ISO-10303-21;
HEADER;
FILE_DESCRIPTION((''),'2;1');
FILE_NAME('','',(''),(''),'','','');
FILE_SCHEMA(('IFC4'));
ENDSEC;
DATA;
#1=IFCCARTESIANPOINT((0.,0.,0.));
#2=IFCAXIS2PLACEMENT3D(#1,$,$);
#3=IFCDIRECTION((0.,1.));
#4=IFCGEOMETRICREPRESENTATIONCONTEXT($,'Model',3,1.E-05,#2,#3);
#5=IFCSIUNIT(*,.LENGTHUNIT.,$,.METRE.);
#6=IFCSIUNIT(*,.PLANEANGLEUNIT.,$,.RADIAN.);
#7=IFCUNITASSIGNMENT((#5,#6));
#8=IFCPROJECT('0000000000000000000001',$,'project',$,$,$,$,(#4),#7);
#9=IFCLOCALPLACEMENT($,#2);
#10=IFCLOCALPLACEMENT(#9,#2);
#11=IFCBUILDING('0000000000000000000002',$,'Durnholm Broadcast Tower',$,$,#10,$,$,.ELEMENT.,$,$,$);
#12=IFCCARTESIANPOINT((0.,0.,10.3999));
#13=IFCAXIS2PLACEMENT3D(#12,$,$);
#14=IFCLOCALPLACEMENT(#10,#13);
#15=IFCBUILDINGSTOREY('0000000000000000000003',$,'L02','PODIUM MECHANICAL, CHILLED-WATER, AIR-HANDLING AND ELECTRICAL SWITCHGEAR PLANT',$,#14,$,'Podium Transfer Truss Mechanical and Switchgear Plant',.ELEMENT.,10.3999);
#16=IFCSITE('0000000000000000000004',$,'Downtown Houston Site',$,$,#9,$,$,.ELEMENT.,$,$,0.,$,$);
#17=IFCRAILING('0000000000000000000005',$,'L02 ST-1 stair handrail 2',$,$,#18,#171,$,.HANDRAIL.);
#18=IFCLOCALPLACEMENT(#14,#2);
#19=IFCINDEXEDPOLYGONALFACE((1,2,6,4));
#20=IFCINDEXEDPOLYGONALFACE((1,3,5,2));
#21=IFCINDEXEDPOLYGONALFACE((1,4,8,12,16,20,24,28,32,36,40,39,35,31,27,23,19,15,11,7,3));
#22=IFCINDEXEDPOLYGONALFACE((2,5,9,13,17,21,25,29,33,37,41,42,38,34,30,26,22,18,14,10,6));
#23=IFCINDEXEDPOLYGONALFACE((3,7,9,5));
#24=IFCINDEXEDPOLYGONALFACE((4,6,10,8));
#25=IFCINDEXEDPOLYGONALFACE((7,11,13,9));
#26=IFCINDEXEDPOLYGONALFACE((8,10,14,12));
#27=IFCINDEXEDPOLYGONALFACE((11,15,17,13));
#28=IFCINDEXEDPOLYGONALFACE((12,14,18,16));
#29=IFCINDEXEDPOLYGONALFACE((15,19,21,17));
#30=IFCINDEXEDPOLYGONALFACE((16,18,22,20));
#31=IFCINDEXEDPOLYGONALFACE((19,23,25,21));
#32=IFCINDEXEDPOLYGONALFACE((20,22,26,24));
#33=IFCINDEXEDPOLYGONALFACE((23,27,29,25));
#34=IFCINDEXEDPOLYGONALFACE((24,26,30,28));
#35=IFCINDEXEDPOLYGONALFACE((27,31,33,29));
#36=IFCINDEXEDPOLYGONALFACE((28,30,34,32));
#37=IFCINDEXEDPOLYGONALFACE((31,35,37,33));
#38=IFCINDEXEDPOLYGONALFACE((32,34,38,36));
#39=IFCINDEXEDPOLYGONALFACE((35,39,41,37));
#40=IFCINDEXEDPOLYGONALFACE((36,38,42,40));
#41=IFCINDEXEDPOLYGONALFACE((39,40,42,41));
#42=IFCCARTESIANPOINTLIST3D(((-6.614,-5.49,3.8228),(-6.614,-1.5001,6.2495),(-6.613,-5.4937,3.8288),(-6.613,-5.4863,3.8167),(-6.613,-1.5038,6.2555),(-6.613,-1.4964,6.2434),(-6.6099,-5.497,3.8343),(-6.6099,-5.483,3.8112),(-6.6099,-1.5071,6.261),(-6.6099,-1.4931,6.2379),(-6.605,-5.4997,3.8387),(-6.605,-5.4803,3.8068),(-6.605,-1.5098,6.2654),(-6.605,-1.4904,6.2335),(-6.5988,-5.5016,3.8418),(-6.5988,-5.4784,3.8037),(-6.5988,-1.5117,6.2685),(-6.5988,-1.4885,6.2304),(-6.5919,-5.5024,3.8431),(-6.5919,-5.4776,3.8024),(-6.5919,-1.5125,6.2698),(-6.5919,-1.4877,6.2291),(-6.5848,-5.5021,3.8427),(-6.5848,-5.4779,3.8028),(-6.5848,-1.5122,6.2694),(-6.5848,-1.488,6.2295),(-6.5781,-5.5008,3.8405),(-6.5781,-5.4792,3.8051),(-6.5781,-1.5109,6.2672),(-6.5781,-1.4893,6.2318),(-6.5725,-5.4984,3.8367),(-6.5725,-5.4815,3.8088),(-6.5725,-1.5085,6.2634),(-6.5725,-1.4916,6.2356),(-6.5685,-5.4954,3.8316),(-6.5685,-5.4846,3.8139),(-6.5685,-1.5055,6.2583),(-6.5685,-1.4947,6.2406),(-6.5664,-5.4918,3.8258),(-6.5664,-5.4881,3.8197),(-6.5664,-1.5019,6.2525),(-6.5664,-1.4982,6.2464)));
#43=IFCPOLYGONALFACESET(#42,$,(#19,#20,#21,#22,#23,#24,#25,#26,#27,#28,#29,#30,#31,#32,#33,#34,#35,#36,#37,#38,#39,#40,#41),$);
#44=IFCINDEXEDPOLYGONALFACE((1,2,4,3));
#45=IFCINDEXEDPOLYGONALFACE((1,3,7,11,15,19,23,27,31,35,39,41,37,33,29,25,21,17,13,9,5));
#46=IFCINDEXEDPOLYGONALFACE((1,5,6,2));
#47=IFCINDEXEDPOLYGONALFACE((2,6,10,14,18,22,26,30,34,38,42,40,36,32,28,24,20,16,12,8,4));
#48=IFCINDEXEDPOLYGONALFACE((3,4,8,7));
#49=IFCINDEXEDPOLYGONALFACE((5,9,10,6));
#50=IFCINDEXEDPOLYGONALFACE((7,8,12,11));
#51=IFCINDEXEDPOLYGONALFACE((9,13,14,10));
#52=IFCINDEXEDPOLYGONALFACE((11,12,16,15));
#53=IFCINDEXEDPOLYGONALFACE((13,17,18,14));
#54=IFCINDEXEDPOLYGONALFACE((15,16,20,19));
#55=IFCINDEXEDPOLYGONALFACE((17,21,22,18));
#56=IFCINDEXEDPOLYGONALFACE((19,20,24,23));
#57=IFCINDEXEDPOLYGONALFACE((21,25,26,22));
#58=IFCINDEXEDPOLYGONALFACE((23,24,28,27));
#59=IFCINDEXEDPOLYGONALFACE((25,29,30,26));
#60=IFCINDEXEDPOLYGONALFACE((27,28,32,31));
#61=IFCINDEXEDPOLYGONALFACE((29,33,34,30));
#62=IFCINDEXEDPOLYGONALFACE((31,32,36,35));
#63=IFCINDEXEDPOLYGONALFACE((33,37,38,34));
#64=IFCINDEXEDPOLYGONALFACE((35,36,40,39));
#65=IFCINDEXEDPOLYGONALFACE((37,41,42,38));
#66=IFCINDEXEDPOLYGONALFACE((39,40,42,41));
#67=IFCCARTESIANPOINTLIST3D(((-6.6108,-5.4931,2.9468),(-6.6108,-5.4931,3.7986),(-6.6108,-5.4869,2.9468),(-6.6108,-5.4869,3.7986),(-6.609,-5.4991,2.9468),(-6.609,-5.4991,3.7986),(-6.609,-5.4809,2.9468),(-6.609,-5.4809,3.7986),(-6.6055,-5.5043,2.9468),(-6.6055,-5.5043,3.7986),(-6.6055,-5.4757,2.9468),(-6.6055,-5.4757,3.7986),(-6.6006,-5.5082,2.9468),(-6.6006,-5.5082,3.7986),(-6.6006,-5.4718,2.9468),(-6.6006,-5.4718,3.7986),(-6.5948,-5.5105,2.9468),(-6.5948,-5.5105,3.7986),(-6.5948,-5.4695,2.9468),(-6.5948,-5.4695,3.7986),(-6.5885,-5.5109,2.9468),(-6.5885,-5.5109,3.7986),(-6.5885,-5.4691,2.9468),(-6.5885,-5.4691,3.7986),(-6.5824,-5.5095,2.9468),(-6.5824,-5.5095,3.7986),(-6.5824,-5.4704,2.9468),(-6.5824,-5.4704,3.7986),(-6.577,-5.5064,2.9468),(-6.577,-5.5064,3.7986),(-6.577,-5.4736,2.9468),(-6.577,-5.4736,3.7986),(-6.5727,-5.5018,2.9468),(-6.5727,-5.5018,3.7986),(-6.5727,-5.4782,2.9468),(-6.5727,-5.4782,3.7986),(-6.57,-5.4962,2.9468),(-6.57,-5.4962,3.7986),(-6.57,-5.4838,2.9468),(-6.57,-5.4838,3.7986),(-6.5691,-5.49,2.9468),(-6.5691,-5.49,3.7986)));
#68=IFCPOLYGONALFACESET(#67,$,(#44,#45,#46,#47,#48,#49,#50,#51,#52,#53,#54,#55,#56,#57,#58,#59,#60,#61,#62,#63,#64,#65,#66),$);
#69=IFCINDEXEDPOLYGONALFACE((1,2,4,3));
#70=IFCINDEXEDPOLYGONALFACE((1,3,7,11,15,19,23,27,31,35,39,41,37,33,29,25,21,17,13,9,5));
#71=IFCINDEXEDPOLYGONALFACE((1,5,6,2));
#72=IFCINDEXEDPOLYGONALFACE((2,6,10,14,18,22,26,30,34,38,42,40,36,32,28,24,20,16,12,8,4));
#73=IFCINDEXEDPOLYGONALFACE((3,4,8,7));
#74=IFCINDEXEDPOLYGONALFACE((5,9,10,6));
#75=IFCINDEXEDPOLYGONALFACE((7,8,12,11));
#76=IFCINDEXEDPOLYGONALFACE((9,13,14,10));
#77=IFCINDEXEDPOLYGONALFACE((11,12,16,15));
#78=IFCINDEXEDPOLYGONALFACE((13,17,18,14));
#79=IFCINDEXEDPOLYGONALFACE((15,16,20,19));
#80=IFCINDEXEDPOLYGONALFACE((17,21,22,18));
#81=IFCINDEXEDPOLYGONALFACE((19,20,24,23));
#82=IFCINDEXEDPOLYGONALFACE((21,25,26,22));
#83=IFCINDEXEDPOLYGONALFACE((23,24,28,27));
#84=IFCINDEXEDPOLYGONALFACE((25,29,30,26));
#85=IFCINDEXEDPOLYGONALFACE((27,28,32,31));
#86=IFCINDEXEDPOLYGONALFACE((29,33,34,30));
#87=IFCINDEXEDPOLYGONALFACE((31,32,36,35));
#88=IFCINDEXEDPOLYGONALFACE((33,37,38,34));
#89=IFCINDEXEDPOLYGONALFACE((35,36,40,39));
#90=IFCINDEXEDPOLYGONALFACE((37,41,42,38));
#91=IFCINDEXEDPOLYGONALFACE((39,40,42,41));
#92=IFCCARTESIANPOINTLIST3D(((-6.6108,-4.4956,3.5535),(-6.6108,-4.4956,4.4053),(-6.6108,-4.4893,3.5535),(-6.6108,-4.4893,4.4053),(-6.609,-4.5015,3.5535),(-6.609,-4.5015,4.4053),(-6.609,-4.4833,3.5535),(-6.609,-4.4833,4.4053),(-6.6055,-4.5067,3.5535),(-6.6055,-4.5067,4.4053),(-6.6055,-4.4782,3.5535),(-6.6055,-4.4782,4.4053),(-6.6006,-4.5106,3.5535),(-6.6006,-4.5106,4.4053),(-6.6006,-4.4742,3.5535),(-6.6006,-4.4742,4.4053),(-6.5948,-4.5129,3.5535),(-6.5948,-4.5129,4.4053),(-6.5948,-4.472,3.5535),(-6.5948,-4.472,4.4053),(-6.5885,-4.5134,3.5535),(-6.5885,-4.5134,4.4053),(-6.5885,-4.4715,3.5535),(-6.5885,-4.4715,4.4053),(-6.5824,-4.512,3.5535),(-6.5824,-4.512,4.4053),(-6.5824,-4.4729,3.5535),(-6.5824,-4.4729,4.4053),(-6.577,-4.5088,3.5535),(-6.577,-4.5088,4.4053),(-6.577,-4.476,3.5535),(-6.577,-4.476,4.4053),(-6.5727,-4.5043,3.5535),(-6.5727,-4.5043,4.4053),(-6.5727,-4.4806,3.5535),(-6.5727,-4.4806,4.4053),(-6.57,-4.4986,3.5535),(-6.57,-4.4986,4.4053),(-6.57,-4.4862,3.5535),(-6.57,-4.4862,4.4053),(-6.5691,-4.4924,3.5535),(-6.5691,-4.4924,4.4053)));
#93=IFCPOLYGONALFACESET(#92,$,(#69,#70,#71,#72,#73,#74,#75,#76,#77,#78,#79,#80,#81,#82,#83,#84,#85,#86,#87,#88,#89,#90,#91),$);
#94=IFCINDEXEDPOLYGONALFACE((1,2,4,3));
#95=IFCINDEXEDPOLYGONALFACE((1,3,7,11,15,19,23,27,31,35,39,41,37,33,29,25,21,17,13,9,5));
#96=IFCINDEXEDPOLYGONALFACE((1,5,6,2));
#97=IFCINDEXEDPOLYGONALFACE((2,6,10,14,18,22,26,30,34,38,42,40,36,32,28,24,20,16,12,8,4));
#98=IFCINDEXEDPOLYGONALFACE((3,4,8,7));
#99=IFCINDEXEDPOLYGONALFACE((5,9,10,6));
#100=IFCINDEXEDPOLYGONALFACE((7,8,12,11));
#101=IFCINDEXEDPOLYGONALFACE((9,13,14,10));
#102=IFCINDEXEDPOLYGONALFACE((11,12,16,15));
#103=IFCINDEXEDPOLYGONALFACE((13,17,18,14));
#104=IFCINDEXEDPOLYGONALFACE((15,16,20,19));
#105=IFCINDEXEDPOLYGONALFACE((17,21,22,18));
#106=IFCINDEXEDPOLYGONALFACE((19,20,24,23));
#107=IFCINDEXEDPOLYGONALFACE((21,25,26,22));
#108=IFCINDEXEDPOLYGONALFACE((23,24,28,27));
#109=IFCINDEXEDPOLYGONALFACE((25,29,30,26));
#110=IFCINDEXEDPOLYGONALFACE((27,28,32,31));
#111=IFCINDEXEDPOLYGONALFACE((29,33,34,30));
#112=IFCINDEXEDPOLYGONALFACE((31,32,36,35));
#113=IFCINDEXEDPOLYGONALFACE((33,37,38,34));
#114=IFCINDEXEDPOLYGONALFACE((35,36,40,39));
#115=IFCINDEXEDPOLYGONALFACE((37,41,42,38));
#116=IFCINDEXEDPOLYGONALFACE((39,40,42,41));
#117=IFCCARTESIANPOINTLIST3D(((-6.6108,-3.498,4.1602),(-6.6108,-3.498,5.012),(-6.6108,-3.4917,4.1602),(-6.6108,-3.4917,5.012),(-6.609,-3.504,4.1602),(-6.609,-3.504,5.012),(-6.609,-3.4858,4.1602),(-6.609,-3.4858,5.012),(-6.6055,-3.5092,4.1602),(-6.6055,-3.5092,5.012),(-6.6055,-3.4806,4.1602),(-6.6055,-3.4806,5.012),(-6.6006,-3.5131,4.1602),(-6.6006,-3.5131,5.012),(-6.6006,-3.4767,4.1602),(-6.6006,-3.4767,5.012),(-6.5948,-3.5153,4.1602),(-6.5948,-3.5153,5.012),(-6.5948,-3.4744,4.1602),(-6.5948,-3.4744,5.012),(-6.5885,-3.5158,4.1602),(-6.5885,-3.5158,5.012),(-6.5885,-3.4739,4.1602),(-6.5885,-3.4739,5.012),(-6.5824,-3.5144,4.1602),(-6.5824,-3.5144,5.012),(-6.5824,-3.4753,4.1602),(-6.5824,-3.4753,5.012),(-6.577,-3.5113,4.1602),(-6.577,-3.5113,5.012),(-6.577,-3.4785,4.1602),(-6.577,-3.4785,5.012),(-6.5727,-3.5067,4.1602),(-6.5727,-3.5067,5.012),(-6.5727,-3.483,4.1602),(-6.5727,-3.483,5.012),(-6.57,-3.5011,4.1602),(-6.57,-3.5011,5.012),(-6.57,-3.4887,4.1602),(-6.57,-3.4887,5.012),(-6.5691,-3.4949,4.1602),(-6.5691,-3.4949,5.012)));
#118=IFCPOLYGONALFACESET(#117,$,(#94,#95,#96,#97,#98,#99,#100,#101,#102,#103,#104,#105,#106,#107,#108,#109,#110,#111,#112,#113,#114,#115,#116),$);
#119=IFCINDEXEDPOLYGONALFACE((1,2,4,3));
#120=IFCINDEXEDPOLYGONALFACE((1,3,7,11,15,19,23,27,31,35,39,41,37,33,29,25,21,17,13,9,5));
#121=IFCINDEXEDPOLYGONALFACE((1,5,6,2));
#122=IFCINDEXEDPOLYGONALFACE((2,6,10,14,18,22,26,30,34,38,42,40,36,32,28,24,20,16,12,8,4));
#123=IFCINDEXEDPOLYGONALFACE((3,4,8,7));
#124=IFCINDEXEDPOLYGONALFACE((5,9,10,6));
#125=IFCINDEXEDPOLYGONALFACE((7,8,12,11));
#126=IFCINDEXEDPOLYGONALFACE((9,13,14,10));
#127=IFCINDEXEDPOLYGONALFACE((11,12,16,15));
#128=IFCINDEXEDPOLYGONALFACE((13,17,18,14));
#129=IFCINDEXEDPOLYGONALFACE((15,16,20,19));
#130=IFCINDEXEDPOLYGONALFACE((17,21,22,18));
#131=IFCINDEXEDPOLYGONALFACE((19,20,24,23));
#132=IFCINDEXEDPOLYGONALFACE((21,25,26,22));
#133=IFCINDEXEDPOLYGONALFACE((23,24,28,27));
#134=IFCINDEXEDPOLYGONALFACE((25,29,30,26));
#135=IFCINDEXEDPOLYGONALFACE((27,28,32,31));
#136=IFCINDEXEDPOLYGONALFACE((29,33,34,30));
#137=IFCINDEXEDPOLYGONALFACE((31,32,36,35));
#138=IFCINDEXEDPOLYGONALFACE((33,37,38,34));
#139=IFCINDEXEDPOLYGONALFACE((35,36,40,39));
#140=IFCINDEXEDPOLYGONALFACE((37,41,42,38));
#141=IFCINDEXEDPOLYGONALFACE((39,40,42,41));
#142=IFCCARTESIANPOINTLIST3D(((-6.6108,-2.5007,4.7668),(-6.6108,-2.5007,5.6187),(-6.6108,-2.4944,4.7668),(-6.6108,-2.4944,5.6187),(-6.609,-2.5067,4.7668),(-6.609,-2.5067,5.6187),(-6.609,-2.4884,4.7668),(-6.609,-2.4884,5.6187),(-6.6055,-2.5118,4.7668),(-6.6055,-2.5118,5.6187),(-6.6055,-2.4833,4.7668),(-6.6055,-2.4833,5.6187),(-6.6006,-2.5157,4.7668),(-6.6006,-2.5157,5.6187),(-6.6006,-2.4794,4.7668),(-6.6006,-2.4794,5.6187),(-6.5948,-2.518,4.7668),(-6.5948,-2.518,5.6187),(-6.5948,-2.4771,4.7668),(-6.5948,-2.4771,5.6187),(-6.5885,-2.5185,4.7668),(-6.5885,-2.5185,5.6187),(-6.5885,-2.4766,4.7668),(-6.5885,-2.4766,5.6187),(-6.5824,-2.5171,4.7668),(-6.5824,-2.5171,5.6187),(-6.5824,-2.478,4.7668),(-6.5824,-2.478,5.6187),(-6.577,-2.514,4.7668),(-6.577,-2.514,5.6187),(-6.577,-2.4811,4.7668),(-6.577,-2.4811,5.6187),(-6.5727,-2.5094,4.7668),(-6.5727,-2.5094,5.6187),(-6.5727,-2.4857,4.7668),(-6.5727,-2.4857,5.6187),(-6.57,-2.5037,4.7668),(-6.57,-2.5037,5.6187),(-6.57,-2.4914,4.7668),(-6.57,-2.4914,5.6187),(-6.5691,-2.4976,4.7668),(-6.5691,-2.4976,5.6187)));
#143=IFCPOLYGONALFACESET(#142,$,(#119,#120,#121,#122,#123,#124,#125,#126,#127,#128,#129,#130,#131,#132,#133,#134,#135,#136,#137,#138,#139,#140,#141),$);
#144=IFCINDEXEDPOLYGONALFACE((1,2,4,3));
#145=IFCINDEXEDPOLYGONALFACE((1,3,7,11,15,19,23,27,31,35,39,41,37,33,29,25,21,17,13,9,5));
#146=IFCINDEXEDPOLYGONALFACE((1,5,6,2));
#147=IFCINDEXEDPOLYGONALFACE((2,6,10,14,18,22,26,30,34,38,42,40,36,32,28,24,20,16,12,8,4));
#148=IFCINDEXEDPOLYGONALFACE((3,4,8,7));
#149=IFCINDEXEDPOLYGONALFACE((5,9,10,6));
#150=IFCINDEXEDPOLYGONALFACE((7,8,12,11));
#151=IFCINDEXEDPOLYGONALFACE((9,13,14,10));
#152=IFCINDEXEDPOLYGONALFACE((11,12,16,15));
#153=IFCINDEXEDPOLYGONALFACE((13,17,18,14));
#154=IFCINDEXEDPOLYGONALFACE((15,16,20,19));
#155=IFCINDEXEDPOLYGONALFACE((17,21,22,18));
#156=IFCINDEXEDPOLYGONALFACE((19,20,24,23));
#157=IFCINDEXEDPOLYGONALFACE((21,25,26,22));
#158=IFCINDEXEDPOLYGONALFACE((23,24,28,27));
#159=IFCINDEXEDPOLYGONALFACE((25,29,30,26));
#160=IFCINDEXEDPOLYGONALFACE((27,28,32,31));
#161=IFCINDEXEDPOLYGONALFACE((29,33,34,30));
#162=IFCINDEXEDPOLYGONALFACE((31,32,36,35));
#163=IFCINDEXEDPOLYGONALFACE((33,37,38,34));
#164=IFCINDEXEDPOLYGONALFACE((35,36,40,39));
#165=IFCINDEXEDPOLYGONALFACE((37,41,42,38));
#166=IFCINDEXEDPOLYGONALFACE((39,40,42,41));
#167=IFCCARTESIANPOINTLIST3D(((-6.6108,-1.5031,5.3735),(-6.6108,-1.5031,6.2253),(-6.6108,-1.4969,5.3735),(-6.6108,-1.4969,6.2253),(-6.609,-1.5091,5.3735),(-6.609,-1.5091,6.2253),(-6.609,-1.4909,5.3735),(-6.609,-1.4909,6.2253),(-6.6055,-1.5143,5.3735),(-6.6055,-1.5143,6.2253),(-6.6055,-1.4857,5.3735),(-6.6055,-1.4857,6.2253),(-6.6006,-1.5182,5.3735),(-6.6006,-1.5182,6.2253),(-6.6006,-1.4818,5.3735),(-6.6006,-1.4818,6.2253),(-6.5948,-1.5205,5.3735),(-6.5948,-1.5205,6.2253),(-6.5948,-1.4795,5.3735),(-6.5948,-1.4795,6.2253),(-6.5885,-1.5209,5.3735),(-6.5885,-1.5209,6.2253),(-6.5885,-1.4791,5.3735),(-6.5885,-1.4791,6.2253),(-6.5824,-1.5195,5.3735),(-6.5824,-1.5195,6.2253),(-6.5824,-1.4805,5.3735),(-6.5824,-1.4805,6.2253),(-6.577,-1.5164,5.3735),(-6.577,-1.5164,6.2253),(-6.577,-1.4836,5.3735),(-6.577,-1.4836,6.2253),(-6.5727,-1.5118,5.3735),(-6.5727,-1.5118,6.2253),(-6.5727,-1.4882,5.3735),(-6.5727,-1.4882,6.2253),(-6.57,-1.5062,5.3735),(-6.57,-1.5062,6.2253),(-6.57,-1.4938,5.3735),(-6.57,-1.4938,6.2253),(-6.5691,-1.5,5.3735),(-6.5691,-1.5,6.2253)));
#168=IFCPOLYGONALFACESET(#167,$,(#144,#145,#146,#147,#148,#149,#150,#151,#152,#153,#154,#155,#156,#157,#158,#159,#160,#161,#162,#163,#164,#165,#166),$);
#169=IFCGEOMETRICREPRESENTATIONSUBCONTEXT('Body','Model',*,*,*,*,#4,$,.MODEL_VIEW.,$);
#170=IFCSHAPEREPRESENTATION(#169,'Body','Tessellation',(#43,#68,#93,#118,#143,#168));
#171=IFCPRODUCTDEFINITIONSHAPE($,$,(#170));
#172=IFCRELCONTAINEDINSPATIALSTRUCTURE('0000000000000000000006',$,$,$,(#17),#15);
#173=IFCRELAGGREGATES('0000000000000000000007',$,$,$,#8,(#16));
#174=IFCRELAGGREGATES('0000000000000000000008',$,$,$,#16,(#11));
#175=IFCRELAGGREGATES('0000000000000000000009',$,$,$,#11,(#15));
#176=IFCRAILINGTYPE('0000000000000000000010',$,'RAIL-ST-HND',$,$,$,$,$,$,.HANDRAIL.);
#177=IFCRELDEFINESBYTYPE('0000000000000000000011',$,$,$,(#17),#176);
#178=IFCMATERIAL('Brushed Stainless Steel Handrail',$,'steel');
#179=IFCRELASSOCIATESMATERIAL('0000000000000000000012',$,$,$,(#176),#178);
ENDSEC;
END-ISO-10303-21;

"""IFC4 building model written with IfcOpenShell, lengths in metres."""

from ifc_helpers import new_model, si_unit, direction, frame, origin, origin_2d, place, context, subcontext, project, spatial, circle, extrude, material, type_object, element, save


model = new_model("IFC4")

# Units and contexts
model_context = context("Model", 3, precision=1e-05, world=origin(), true_north=direction((0.0, 1.0)))
body_context = subcontext(model_context, "Body", "Model", "MODEL_VIEW")
ifc_project = project(units=[si_unit("LENGTHUNIT", "METRE"), si_unit("PLANEANGLEUNIT", "RADIAN")], contexts=[model_context])

# Site, building, storey
site_placement = place(None, origin())
site = spatial("IfcSite", under=ifc_project, at=site_placement, Name="Downtown Houston Site", CompositionType="ELEMENT", RefElevation=0.0)
building_placement = place(site_placement, origin())
building = spatial("IfcBuilding", under=site, at=building_placement, Name="Durnholm Broadcast Tower", CompositionType="ELEMENT")
storey_placement = place(building_placement, frame((0.0, 0.0, 10.3999)))
storey = spatial("IfcBuildingStorey", under=building, at=storey_placement, Name="L02", Description="PODIUM MECHANICAL, CHILLED-WATER, AIR-HANDLING AND ELECTRICAL SWITCHGEAR PLANT", LongName="Podium Transfer Truss Mechanical and Switchgear Plant", CompositionType="ELEMENT", Elevation=10.3999)

# Railing
ifc_material_1 = material(Name="Brushed Stainless Steel Handrail", Category="steel")
railing_type_1 = type_object("IfcRailingType", Name="RAIL-ST-HND", PredefinedType="HANDRAIL", material=ifc_material_1)
railing_1_placement = place(storey_placement, frame((-6.5901, -5.49, 2.9468)))
element("IfcRailing", 1, at=railing_1_placement, inside=storey, type_object=railing_type_1, Name="L02 ST-1 stair handrail 2", PredefinedType="HANDRAIL", context=body_context, shape_type="SweptSolid", body=[
    extrude(circle(Radius=0.0239, at=origin_2d()), frame((0.0, 0.0, 0.876), z_axis=(0.0, 0.854382, 0.519645), x_axis=(-1.0, 0.0, 0.0)), (0.0, 0.0, 1.0), 4.6699),
    extrude(circle(Radius=0.021, at=origin_2d()), origin(), (0.0, 0.0, 1.0), 0.8518),
    extrude(circle(Radius=0.021, at=origin_2d()), frame((0.0, 0.9976, 0.6067)), (0.0, 0.0, 1.0), 0.8518),
    extrude(circle(Radius=0.021, at=origin_2d()), frame((0.0, 1.9951, 1.2134)), (0.0, 0.0, 1.0), 0.8518),
    extrude(circle(Radius=0.021, at=origin_2d()), frame((0.0, 2.9924, 1.8201)), (0.0, 0.0, 1.0), 0.8518),
    extrude(circle(Radius=0.021, at=origin_2d()), frame((0.0, 3.99, 2.4268)), (0.0, 0.0, 1.0), 0.8518),
])

save(model, "model.ifc")
